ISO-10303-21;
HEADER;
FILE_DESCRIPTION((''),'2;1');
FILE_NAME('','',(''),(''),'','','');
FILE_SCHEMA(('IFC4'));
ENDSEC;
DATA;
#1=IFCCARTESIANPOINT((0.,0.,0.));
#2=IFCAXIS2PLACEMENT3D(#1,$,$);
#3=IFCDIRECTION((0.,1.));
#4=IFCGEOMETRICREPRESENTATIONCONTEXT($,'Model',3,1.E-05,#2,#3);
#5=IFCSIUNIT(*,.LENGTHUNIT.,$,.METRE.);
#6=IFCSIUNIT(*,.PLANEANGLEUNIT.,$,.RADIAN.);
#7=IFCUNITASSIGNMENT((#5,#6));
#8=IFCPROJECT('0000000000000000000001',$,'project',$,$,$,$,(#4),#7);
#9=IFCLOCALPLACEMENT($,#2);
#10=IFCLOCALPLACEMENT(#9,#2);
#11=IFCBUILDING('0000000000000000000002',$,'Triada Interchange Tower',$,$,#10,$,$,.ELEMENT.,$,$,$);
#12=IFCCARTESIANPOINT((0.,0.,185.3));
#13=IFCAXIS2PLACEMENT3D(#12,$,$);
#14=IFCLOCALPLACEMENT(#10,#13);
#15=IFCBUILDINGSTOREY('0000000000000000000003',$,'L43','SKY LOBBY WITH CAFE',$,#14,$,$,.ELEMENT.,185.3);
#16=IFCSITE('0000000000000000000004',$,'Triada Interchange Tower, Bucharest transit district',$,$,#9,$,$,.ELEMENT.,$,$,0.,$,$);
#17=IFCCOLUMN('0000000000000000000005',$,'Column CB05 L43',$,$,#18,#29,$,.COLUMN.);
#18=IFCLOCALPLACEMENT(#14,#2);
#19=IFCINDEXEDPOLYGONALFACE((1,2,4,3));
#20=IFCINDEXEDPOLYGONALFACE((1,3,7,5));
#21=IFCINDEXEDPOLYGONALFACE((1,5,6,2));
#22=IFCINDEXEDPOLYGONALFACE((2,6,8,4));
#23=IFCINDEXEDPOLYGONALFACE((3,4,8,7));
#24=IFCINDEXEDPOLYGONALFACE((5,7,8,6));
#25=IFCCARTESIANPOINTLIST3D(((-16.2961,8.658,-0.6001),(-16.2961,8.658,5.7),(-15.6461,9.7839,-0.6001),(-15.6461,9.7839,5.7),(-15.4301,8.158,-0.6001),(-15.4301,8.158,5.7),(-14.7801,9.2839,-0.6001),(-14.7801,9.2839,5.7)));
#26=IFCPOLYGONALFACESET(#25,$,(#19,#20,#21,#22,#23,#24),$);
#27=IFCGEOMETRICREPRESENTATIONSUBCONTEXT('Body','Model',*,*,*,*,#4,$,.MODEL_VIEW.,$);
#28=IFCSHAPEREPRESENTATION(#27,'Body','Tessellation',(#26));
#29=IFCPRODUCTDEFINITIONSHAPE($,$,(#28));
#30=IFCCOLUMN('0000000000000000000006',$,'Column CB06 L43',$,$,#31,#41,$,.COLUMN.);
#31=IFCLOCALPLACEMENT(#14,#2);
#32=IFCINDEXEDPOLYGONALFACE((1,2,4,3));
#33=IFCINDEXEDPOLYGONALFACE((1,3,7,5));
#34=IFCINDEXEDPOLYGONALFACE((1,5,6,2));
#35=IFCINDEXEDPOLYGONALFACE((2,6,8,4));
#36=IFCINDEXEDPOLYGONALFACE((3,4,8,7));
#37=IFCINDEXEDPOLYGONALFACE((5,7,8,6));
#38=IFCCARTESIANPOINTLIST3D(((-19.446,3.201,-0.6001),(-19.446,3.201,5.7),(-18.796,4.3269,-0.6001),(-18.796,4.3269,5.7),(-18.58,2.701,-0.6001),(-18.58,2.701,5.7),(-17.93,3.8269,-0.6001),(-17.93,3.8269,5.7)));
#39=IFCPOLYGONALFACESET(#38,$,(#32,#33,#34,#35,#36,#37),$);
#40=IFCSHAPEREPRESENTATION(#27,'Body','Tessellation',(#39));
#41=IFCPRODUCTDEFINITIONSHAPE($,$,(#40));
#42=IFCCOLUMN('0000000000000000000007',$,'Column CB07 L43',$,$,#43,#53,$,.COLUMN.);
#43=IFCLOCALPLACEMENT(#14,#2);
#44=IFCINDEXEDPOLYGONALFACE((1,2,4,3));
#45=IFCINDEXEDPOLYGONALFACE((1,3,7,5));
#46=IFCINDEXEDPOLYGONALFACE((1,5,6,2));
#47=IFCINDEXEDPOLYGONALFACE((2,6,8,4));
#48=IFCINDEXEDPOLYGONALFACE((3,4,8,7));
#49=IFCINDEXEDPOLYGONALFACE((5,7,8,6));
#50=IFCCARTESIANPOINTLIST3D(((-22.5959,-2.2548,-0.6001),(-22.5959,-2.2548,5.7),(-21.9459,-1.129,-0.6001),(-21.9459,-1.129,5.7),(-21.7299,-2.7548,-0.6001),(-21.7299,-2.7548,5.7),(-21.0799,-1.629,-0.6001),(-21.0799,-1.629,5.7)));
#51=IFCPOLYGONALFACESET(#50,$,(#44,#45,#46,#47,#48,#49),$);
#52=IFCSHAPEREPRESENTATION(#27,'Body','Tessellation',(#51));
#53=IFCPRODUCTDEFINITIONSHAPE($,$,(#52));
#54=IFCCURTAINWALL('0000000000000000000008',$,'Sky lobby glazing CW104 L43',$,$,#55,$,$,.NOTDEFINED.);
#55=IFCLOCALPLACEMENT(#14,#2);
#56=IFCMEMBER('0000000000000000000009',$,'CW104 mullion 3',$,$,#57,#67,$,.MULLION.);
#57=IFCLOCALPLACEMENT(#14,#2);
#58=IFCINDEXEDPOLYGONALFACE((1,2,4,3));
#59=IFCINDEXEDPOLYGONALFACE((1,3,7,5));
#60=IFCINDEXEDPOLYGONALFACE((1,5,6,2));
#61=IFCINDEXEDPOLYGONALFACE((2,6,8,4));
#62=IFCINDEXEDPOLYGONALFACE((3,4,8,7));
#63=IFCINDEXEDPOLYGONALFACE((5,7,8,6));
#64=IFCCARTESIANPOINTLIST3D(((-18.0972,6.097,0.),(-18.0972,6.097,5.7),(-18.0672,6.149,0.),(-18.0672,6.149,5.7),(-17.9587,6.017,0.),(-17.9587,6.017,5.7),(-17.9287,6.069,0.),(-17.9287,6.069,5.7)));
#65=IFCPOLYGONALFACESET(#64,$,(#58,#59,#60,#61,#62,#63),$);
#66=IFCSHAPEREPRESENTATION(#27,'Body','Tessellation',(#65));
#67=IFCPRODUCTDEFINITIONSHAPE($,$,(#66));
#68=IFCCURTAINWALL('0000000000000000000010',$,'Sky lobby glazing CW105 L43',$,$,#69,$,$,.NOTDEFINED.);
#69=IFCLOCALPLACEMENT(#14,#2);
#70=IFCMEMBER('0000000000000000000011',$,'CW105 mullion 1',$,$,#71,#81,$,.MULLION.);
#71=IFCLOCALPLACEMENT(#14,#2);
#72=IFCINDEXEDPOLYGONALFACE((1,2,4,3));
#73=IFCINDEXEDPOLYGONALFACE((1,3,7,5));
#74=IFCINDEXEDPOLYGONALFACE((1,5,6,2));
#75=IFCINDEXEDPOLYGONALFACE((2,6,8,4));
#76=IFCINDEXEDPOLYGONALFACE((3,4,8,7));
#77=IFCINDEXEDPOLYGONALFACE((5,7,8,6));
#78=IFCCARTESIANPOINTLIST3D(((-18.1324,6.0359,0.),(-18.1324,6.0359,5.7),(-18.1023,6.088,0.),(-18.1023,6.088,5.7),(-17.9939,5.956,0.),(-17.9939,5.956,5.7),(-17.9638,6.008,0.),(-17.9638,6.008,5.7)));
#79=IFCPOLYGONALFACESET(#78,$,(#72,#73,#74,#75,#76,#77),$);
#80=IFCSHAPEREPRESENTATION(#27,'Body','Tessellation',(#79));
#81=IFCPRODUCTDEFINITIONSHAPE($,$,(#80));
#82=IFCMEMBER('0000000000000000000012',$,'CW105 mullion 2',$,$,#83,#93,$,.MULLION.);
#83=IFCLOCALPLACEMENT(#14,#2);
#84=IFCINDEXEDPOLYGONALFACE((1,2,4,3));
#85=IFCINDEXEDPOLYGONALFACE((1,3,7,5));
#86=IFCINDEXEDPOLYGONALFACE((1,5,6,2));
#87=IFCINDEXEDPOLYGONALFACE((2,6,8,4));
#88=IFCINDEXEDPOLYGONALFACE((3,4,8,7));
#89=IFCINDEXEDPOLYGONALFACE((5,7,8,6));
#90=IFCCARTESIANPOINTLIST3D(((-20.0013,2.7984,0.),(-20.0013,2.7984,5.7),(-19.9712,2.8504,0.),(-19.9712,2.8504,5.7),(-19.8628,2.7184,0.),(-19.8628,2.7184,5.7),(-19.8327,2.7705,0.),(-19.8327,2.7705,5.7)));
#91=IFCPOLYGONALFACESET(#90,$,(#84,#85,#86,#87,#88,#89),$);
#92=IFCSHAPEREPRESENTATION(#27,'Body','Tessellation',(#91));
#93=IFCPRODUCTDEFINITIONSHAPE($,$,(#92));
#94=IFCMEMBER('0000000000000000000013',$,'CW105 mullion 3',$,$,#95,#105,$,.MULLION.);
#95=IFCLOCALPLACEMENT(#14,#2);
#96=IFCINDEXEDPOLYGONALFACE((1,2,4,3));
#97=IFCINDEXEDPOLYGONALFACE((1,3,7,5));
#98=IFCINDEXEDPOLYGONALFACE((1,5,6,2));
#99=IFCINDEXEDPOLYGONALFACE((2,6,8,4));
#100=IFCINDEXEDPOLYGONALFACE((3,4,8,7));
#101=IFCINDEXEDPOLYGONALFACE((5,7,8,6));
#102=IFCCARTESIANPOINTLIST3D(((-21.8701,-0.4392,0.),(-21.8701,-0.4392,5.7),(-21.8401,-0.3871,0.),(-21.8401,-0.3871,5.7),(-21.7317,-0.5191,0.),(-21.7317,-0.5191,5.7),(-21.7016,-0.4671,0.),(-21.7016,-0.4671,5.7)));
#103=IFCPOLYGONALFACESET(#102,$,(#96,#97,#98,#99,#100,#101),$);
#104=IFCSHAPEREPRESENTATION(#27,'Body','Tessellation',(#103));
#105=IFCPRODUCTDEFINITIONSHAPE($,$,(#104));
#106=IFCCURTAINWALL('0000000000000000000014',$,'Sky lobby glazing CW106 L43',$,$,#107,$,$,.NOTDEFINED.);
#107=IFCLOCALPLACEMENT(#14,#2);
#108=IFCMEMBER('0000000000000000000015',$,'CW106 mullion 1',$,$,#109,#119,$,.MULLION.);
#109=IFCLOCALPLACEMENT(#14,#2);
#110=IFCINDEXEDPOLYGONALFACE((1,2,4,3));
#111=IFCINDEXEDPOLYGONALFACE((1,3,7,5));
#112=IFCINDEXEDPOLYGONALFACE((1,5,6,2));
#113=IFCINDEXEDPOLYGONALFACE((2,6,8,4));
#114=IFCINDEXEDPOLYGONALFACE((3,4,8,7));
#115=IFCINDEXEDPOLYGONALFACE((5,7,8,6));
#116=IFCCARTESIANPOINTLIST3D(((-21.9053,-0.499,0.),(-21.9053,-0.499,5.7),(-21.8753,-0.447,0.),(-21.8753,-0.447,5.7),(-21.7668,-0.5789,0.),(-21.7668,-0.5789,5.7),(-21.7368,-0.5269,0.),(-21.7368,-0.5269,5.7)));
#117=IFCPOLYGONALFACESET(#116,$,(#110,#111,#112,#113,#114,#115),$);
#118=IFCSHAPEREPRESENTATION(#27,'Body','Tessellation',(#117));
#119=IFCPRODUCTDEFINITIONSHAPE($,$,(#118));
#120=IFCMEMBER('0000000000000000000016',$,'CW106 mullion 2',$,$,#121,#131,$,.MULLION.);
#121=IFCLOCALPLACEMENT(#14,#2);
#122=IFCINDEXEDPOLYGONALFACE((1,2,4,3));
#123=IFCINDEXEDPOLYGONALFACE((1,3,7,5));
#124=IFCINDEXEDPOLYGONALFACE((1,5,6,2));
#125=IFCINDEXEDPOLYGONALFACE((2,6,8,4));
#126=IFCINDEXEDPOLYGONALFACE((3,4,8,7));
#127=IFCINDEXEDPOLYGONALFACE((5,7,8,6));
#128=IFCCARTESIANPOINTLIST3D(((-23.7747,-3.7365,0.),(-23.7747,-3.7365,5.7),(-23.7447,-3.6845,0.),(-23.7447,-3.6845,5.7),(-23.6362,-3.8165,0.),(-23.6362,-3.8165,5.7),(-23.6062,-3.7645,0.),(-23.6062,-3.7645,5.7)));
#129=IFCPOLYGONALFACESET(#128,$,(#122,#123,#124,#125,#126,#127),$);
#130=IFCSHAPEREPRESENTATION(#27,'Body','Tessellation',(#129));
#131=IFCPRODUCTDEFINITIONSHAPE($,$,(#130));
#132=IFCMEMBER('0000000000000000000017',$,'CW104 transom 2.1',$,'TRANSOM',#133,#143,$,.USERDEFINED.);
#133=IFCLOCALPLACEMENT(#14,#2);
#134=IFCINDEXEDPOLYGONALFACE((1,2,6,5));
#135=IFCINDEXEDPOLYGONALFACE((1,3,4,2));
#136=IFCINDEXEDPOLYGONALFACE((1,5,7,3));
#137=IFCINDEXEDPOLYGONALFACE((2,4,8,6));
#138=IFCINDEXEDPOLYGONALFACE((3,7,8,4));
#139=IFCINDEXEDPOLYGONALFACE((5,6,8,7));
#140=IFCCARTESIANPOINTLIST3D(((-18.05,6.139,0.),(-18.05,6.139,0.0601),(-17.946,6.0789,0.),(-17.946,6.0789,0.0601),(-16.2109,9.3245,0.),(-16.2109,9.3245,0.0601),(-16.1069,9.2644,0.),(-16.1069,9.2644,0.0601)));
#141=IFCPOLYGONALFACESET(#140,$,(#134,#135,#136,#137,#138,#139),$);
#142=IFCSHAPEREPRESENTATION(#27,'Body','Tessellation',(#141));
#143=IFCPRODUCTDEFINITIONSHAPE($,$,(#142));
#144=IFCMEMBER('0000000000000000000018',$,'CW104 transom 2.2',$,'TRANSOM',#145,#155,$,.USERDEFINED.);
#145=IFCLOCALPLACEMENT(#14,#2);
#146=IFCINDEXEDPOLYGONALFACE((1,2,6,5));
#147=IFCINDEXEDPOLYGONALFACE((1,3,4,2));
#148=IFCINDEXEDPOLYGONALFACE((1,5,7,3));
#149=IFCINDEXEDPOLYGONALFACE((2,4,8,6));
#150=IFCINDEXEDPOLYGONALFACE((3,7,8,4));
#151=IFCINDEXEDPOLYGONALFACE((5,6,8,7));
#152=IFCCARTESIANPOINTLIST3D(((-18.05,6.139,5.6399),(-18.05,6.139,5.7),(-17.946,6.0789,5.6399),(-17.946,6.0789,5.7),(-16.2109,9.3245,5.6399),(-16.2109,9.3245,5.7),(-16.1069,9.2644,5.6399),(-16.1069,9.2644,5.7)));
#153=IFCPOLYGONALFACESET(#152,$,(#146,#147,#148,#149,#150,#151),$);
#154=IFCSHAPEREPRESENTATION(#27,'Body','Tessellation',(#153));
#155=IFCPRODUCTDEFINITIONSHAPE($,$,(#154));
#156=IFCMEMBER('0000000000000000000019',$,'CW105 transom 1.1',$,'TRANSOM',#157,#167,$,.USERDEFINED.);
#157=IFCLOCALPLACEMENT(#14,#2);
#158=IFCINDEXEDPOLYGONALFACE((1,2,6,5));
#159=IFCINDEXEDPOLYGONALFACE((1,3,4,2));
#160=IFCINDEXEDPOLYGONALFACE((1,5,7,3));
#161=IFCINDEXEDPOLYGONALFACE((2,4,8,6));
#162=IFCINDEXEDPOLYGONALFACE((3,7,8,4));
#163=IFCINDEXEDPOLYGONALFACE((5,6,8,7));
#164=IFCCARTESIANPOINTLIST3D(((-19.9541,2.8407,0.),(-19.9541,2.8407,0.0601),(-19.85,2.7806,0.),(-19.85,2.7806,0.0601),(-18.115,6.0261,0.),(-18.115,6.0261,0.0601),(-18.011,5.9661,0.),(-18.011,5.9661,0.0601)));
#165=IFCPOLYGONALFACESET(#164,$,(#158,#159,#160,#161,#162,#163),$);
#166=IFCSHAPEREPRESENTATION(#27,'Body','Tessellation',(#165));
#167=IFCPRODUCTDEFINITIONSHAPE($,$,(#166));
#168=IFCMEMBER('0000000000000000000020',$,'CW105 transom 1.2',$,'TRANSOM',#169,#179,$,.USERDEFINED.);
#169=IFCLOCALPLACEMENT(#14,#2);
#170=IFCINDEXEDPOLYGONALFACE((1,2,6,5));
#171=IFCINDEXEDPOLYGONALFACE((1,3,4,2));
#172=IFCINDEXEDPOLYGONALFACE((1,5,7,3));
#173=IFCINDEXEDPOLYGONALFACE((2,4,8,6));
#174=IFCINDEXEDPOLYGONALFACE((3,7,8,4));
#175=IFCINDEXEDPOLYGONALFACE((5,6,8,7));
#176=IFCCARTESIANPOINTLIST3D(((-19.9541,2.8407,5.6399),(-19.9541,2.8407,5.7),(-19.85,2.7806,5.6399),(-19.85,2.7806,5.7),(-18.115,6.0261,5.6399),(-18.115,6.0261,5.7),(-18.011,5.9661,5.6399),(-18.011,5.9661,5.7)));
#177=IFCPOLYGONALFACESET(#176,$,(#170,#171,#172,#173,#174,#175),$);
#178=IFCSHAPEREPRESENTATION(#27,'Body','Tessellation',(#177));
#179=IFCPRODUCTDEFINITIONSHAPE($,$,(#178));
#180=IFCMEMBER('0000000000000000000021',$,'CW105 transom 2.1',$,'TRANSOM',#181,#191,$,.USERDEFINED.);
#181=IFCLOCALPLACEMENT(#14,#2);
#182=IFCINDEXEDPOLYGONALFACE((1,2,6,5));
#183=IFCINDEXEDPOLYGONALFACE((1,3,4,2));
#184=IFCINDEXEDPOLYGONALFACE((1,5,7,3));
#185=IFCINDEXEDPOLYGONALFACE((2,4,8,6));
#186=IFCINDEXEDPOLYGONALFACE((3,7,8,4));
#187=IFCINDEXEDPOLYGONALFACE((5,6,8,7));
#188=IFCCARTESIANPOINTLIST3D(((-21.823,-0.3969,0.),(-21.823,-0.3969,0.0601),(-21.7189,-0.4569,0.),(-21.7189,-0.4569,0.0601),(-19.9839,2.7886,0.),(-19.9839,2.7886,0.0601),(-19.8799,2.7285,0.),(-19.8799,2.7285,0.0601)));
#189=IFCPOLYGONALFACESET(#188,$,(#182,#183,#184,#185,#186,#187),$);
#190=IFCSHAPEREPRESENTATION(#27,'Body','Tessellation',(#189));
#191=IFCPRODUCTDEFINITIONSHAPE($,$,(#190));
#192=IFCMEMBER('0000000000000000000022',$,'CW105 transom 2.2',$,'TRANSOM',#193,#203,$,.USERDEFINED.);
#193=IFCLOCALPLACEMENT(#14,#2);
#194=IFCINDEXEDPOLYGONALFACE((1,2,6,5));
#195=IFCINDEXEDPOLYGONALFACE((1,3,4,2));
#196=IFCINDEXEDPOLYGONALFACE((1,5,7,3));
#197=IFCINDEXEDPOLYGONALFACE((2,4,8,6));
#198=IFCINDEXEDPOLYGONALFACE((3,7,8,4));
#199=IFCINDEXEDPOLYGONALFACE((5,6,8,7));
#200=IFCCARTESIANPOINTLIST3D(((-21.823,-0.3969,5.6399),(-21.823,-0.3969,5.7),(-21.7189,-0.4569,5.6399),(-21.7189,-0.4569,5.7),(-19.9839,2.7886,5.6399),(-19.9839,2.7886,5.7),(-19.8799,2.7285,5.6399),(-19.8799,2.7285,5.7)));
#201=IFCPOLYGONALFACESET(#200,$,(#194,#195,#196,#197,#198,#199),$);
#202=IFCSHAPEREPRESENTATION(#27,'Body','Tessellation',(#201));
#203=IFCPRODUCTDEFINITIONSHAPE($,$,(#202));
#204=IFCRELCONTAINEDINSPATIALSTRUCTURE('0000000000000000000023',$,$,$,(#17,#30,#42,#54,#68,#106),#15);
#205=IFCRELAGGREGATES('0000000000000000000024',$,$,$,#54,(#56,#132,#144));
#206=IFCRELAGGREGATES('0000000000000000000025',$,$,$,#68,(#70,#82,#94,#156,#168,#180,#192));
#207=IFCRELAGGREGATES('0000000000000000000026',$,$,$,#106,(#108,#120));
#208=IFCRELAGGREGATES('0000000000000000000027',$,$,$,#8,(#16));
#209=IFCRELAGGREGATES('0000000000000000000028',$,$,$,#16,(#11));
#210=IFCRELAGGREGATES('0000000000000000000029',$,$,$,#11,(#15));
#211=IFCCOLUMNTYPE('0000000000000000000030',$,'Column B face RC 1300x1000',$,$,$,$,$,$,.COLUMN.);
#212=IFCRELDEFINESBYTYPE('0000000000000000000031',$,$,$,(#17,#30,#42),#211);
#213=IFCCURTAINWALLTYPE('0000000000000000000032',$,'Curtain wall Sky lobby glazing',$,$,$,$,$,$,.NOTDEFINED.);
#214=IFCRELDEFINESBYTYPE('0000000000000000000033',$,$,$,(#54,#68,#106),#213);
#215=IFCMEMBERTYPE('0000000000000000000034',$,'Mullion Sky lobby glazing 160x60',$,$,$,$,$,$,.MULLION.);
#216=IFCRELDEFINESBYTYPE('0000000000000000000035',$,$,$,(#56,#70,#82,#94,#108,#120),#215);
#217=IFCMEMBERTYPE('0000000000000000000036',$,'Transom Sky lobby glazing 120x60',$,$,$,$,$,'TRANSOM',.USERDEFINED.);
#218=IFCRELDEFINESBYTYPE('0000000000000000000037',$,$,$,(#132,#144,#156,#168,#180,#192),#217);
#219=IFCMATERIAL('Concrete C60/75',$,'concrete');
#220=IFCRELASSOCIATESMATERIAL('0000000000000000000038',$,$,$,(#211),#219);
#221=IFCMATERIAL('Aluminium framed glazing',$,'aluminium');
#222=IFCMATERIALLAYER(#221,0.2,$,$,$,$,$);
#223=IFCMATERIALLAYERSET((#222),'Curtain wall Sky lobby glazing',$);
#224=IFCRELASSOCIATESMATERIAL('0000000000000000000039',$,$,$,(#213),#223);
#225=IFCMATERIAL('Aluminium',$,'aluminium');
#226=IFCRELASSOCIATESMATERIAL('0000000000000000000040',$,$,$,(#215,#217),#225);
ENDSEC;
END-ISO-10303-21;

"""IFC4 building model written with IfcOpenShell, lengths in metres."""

from ifc_helpers import new_model, si_unit, direction, frame, origin, origin_2d, place, context, subcontext, project, spatial, rectangle, extrude, material, layer, layer_set, material_profile, profile_set, type_object, element, aggregate, save


model = new_model("IFC4")

# Units and contexts
model_context = context("Model", 3, precision=1e-05, world=origin(), true_north=direction((0.0, 1.0)))
body_context = subcontext(model_context, "Body", "Model", "MODEL_VIEW")
ifc_project = project(units=[si_unit("LENGTHUNIT", "METRE"), si_unit("PLANEANGLEUNIT", "RADIAN")], contexts=[model_context])

# Site, building, storey
site_placement = place(None, origin())
site = spatial("IfcSite", under=ifc_project, at=site_placement, Name="Triada Interchange Tower, Bucharest transit district", CompositionType="ELEMENT", RefElevation=0.0)
building_placement = place(site_placement, origin())
building = spatial("IfcBuilding", under=site, at=building_placement, Name="Triada Interchange Tower", CompositionType="ELEMENT")
storey_placement = place(building_placement, frame((0.0, 0.0, 185.3)))
storey = spatial("IfcBuildingStorey", under=building, at=storey_placement, Name="L43", Description="SKY LOBBY WITH CAFE", CompositionType="ELEMENT", Elevation=185.3)

# Columns
ifc_material_1 = material(Name="Concrete C60/75", Category="concrete")
ifc_material_profile_1 = material_profile(ifc_material_1, rectangle(XDim=1.3, YDim=1.0, at=origin_2d()), Name="RC 1300x1000")
ifc_profile_set_1 = profile_set([ifc_material_profile_1], Name="Concrete C60/75")
column_type = type_object("IfcColumnType", Name="Column B face RC 1300x1000", PredefinedType="COLUMN", material=ifc_profile_set_1)
for number, where, z_axis, x_axis, name in (
    (1, (-15.5381, 8.9709, -0.6001), (0.0, 0.0, 1.0), (0.5, 0.866025, 0.0), "Column CB05 L43"),
    (2, (-18.688, 3.5139, -0.6001), (0.0, 0.0, 1.0), (0.5, 0.866025, 0.0), "Column CB06 L43"),
    (3, (-21.8379, -1.9419, -0.6001), (0.0, 0.0, 1.0), (0.5, 0.866025, 0.0), "Column CB07 L43"),
):
    element("IfcColumn", number, at=place(storey_placement, frame(where, z_axis=z_axis, x_axis=x_axis)), inside=storey, type_object=column_type, Name=name, PredefinedType="COLUMN", context=body_context, shape_type="SweptSolid", body=[
        extrude(rectangle(XDim=1.3, YDim=1.0, at=origin_2d()), origin(), (0.0, 0.0, 1.0), 6.3),
    ])

# Curtain wall, member
ifc_material_2 = material(Name="Aluminium framed glazing", Category="aluminium")
ifc_layer_1 = layer(ifc_material_2, 0.2)
ifc_layer_set_1 = layer_set([ifc_layer_1], Name="Curtain wall Sky lobby glazing")
curtain_wall_type = type_object("IfcCurtainWallType", Name="Curtain wall Sky lobby glazing", PredefinedType="NOTDEFINED", material=ifc_layer_set_1)
curtain_wall_1_placement = place(storey_placement, origin())
curtain_wall_1 = element("IfcCurtainWall", 4, at=curtain_wall_1_placement, inside=storey, type_object=curtain_wall_type, Name="Sky lobby glazing CW104 L43", PredefinedType="NOTDEFINED")
ifc_material_3 = material(Name="Aluminium", Category="aluminium")
ifc_material_profile_2 = material_profile(ifc_material_3, rectangle(XDim=0.1599, YDim=0.0601, at=origin_2d()), Name="Aluminium mullion")
ifc_profile_set_2 = profile_set([ifc_material_profile_2], Name="Aluminium")
member_type_1 = type_object("IfcMemberType", Name="Mullion Sky lobby glazing 160x60", PredefinedType="MULLION", material=ifc_profile_set_2)
member_1_placement = place(storey_placement, frame((-18.0129, 6.083, 0.0), z_axis=(0.0, 0.0, 1.0), x_axis=(0.866046, -0.499964, 0.0)))
member_1 = element("IfcMember", 5, at=member_1_placement, type_object=member_type_1, Name="CW104 mullion 3", PredefinedType="MULLION", context=body_context, shape_type="SweptSolid", body=[
    extrude(rectangle(XDim=0.1599, YDim=0.0601, at=origin_2d()), origin(), (0.0, 0.0, 1.0), 5.7),
])

# Curtain walls, members
curtain_wall_2_placement = place(storey_placement, origin())
curtain_wall_2 = element("IfcCurtainWall", 6, at=curtain_wall_2_placement, inside=storey, type_object=curtain_wall_type, Name="Sky lobby glazing CW105 L43", PredefinedType="NOTDEFINED")
member_2_placement = place(storey_placement, frame((-18.0481, 6.022, 0.0), z_axis=(0.0, 0.0, 1.0), x_axis=(0.866046, -0.499964, 0.0)))
member_2 = element("IfcMember", 7, at=member_2_placement, type_object=member_type_1, Name="CW105 mullion 1", PredefinedType="MULLION", context=body_context, shape_type="SweptSolid", body=[
    extrude(rectangle(XDim=0.1599, YDim=0.0601, at=origin_2d()), origin(), (0.0, 0.0, 1.0), 5.7),
])
member_3_placement = place(storey_placement, frame((-19.917, 2.7844, 0.0), z_axis=(0.0, 0.0, 1.0), x_axis=(0.866046, -0.499964, 0.0)))
member_3 = element("IfcMember", 8, at=member_3_placement, type_object=member_type_1, Name="CW105 mullion 2", PredefinedType="MULLION", context=body_context, shape_type="SweptSolid", body=[
    extrude(rectangle(XDim=0.1599, YDim=0.0601, at=origin_2d()), origin(), (0.0, 0.0, 1.0), 5.7),
])
member_4_placement = place(storey_placement, frame((-21.7859, -0.4531, 0.0), z_axis=(0.0, 0.0, 1.0), x_axis=(0.866046, -0.499964, 0.0)))
member_4 = element("IfcMember", 9, at=member_4_placement, type_object=member_type_1, Name="CW105 mullion 3", PredefinedType="MULLION", context=body_context, shape_type="SweptSolid", body=[
    extrude(rectangle(XDim=0.1599, YDim=0.0601, at=origin_2d()), origin(), (0.0, 0.0, 1.0), 5.7),
])
curtain_wall_3_placement = place(storey_placement, origin())
curtain_wall_3 = element("IfcCurtainWall", 10, at=curtain_wall_3_placement, inside=storey, type_object=curtain_wall_type, Name="Sky lobby glazing CW106 L43", PredefinedType="NOTDEFINED")
member_5_placement = place(storey_placement, frame((-21.821, -0.5129, 0.0), z_axis=(0.0, 0.0, 1.0), x_axis=(0.865989, -0.500063, 0.0)))
member_5 = element("IfcMember", 11, at=member_5_placement, type_object=member_type_1, Name="CW106 mullion 1", PredefinedType="MULLION", context=body_context, shape_type="SweptSolid", body=[
    extrude(rectangle(XDim=0.1599, YDim=0.0601, at=origin_2d()), origin(), (0.0, 0.0, 1.0), 5.7),
])
member_6_placement = place(storey_placement, frame((-23.6904, -3.7505, 0.0), z_axis=(0.0, 0.0, 1.0), x_axis=(0.865989, -0.500063, 0.0)))
member_6 = element("IfcMember", 12, at=member_6_placement, type_object=member_type_1, Name="CW106 mullion 2", PredefinedType="MULLION", context=body_context, shape_type="SweptSolid", body=[
    extrude(rectangle(XDim=0.1599, YDim=0.0601, at=origin_2d()), origin(), (0.0, 0.0, 1.0), 5.7),
])

# Members
ifc_material_profile_3 = material_profile(ifc_material_3, rectangle(XDim=0.1201, YDim=0.0601, at=origin_2d()), Name="Aluminium transom")
ifc_profile_set_3 = profile_set([ifc_material_profile_3], Name="Aluminium")
member_type_2 = type_object("IfcMemberType", Name="Transom Sky lobby glazing 120x60", ElementType="TRANSOM", PredefinedType="USERDEFINED", material=ifc_profile_set_3)
member_7_placement = place(storey_placement, frame((-16.1589, 9.2944, 0.03), z_axis=(-0.499987, -0.866033, 0.0), x_axis=(0.866033, -0.499987, 0.0)))
member_7 = element("IfcMember", 13, at=member_7_placement, type_object=member_type_2, Name="CW104 transom 2.1", ObjectType="TRANSOM", PredefinedType="USERDEFINED", context=body_context, shape_type="SweptSolid", body=[
    extrude(rectangle(XDim=0.1201, YDim=0.0601, at=origin_2d()), origin(), (0.0, 0.0, 1.0), 3.6782),
])
member_8_placement = place(storey_placement, frame((-16.1589, 9.2944, 5.6699), z_axis=(-0.499987, -0.866033, 0.0), x_axis=(0.866033, -0.499987, 0.0)))
member_8 = element("IfcMember", 14, at=member_8_placement, type_object=member_type_2, Name="CW104 transom 2.2", ObjectType="TRANSOM", PredefinedType="USERDEFINED", context=body_context, shape_type="SweptSolid", body=[
    extrude(rectangle(XDim=0.1201, YDim=0.0601, at=origin_2d()), origin(), (0.0, 0.0, 1.0), 3.6782),
])
member_9_placement = place(storey_placement, frame((-18.063, 5.9961, 0.03), z_axis=(-0.499987, -0.866033, 0.0), x_axis=(0.866033, -0.499987, 0.0)))
member_9 = element("IfcMember", 15, at=member_9_placement, type_object=member_type_2, Name="CW105 transom 1.1", ObjectType="TRANSOM", PredefinedType="USERDEFINED", context=body_context, shape_type="SweptSolid", body=[
    extrude(rectangle(XDim=0.1201, YDim=0.0601, at=origin_2d()), origin(), (0.0, 0.0, 1.0), 3.6782),
])
member_10_placement = place(storey_placement, frame((-18.063, 5.9961, 5.6699), z_axis=(-0.499987, -0.866033, 0.0), x_axis=(0.866033, -0.499987, 0.0)))
member_10 = element("IfcMember", 16, at=member_10_placement, type_object=member_type_2, Name="CW105 transom 1.2", ObjectType="TRANSOM", PredefinedType="USERDEFINED", context=body_context, shape_type="SweptSolid", body=[
    extrude(rectangle(XDim=0.1201, YDim=0.0601, at=origin_2d()), origin(), (0.0, 0.0, 1.0), 3.6782),
])
member_11_placement = place(storey_placement, frame((-19.9319, 2.7585, 0.03), z_axis=(-0.499987, -0.866033, 0.0), x_axis=(0.866033, -0.499987, 0.0)))
member_11 = element("IfcMember", 17, at=member_11_placement, type_object=member_type_2, Name="CW105 transom 2.1", ObjectType="TRANSOM", PredefinedType="USERDEFINED", context=body_context, shape_type="SweptSolid", body=[
    extrude(rectangle(XDim=0.1201, YDim=0.0601, at=origin_2d()), origin(), (0.0, 0.0, 1.0), 3.6782),
])
member_12_placement = place(storey_placement, frame((-19.9319, 2.7585, 5.6699), z_axis=(-0.499987, -0.866033, 0.0), x_axis=(0.866033, -0.499987, 0.0)))
member_12 = element("IfcMember", 18, at=member_12_placement, type_object=member_type_2, Name="CW105 transom 2.2", ObjectType="TRANSOM", PredefinedType="USERDEFINED", context=body_context, shape_type="SweptSolid", body=[
    extrude(rectangle(XDim=0.1201, YDim=0.0601, at=origin_2d()), origin(), (0.0, 0.0, 1.0), 3.6782),
])

aggregate(curtain_wall_1, [member_1, member_7, member_8])
aggregate(curtain_wall_2, [member_2, member_3, member_4, member_9, member_10, member_11, member_12])
aggregate(curtain_wall_3, [member_5, member_6])

save(model, "model.ifc")
